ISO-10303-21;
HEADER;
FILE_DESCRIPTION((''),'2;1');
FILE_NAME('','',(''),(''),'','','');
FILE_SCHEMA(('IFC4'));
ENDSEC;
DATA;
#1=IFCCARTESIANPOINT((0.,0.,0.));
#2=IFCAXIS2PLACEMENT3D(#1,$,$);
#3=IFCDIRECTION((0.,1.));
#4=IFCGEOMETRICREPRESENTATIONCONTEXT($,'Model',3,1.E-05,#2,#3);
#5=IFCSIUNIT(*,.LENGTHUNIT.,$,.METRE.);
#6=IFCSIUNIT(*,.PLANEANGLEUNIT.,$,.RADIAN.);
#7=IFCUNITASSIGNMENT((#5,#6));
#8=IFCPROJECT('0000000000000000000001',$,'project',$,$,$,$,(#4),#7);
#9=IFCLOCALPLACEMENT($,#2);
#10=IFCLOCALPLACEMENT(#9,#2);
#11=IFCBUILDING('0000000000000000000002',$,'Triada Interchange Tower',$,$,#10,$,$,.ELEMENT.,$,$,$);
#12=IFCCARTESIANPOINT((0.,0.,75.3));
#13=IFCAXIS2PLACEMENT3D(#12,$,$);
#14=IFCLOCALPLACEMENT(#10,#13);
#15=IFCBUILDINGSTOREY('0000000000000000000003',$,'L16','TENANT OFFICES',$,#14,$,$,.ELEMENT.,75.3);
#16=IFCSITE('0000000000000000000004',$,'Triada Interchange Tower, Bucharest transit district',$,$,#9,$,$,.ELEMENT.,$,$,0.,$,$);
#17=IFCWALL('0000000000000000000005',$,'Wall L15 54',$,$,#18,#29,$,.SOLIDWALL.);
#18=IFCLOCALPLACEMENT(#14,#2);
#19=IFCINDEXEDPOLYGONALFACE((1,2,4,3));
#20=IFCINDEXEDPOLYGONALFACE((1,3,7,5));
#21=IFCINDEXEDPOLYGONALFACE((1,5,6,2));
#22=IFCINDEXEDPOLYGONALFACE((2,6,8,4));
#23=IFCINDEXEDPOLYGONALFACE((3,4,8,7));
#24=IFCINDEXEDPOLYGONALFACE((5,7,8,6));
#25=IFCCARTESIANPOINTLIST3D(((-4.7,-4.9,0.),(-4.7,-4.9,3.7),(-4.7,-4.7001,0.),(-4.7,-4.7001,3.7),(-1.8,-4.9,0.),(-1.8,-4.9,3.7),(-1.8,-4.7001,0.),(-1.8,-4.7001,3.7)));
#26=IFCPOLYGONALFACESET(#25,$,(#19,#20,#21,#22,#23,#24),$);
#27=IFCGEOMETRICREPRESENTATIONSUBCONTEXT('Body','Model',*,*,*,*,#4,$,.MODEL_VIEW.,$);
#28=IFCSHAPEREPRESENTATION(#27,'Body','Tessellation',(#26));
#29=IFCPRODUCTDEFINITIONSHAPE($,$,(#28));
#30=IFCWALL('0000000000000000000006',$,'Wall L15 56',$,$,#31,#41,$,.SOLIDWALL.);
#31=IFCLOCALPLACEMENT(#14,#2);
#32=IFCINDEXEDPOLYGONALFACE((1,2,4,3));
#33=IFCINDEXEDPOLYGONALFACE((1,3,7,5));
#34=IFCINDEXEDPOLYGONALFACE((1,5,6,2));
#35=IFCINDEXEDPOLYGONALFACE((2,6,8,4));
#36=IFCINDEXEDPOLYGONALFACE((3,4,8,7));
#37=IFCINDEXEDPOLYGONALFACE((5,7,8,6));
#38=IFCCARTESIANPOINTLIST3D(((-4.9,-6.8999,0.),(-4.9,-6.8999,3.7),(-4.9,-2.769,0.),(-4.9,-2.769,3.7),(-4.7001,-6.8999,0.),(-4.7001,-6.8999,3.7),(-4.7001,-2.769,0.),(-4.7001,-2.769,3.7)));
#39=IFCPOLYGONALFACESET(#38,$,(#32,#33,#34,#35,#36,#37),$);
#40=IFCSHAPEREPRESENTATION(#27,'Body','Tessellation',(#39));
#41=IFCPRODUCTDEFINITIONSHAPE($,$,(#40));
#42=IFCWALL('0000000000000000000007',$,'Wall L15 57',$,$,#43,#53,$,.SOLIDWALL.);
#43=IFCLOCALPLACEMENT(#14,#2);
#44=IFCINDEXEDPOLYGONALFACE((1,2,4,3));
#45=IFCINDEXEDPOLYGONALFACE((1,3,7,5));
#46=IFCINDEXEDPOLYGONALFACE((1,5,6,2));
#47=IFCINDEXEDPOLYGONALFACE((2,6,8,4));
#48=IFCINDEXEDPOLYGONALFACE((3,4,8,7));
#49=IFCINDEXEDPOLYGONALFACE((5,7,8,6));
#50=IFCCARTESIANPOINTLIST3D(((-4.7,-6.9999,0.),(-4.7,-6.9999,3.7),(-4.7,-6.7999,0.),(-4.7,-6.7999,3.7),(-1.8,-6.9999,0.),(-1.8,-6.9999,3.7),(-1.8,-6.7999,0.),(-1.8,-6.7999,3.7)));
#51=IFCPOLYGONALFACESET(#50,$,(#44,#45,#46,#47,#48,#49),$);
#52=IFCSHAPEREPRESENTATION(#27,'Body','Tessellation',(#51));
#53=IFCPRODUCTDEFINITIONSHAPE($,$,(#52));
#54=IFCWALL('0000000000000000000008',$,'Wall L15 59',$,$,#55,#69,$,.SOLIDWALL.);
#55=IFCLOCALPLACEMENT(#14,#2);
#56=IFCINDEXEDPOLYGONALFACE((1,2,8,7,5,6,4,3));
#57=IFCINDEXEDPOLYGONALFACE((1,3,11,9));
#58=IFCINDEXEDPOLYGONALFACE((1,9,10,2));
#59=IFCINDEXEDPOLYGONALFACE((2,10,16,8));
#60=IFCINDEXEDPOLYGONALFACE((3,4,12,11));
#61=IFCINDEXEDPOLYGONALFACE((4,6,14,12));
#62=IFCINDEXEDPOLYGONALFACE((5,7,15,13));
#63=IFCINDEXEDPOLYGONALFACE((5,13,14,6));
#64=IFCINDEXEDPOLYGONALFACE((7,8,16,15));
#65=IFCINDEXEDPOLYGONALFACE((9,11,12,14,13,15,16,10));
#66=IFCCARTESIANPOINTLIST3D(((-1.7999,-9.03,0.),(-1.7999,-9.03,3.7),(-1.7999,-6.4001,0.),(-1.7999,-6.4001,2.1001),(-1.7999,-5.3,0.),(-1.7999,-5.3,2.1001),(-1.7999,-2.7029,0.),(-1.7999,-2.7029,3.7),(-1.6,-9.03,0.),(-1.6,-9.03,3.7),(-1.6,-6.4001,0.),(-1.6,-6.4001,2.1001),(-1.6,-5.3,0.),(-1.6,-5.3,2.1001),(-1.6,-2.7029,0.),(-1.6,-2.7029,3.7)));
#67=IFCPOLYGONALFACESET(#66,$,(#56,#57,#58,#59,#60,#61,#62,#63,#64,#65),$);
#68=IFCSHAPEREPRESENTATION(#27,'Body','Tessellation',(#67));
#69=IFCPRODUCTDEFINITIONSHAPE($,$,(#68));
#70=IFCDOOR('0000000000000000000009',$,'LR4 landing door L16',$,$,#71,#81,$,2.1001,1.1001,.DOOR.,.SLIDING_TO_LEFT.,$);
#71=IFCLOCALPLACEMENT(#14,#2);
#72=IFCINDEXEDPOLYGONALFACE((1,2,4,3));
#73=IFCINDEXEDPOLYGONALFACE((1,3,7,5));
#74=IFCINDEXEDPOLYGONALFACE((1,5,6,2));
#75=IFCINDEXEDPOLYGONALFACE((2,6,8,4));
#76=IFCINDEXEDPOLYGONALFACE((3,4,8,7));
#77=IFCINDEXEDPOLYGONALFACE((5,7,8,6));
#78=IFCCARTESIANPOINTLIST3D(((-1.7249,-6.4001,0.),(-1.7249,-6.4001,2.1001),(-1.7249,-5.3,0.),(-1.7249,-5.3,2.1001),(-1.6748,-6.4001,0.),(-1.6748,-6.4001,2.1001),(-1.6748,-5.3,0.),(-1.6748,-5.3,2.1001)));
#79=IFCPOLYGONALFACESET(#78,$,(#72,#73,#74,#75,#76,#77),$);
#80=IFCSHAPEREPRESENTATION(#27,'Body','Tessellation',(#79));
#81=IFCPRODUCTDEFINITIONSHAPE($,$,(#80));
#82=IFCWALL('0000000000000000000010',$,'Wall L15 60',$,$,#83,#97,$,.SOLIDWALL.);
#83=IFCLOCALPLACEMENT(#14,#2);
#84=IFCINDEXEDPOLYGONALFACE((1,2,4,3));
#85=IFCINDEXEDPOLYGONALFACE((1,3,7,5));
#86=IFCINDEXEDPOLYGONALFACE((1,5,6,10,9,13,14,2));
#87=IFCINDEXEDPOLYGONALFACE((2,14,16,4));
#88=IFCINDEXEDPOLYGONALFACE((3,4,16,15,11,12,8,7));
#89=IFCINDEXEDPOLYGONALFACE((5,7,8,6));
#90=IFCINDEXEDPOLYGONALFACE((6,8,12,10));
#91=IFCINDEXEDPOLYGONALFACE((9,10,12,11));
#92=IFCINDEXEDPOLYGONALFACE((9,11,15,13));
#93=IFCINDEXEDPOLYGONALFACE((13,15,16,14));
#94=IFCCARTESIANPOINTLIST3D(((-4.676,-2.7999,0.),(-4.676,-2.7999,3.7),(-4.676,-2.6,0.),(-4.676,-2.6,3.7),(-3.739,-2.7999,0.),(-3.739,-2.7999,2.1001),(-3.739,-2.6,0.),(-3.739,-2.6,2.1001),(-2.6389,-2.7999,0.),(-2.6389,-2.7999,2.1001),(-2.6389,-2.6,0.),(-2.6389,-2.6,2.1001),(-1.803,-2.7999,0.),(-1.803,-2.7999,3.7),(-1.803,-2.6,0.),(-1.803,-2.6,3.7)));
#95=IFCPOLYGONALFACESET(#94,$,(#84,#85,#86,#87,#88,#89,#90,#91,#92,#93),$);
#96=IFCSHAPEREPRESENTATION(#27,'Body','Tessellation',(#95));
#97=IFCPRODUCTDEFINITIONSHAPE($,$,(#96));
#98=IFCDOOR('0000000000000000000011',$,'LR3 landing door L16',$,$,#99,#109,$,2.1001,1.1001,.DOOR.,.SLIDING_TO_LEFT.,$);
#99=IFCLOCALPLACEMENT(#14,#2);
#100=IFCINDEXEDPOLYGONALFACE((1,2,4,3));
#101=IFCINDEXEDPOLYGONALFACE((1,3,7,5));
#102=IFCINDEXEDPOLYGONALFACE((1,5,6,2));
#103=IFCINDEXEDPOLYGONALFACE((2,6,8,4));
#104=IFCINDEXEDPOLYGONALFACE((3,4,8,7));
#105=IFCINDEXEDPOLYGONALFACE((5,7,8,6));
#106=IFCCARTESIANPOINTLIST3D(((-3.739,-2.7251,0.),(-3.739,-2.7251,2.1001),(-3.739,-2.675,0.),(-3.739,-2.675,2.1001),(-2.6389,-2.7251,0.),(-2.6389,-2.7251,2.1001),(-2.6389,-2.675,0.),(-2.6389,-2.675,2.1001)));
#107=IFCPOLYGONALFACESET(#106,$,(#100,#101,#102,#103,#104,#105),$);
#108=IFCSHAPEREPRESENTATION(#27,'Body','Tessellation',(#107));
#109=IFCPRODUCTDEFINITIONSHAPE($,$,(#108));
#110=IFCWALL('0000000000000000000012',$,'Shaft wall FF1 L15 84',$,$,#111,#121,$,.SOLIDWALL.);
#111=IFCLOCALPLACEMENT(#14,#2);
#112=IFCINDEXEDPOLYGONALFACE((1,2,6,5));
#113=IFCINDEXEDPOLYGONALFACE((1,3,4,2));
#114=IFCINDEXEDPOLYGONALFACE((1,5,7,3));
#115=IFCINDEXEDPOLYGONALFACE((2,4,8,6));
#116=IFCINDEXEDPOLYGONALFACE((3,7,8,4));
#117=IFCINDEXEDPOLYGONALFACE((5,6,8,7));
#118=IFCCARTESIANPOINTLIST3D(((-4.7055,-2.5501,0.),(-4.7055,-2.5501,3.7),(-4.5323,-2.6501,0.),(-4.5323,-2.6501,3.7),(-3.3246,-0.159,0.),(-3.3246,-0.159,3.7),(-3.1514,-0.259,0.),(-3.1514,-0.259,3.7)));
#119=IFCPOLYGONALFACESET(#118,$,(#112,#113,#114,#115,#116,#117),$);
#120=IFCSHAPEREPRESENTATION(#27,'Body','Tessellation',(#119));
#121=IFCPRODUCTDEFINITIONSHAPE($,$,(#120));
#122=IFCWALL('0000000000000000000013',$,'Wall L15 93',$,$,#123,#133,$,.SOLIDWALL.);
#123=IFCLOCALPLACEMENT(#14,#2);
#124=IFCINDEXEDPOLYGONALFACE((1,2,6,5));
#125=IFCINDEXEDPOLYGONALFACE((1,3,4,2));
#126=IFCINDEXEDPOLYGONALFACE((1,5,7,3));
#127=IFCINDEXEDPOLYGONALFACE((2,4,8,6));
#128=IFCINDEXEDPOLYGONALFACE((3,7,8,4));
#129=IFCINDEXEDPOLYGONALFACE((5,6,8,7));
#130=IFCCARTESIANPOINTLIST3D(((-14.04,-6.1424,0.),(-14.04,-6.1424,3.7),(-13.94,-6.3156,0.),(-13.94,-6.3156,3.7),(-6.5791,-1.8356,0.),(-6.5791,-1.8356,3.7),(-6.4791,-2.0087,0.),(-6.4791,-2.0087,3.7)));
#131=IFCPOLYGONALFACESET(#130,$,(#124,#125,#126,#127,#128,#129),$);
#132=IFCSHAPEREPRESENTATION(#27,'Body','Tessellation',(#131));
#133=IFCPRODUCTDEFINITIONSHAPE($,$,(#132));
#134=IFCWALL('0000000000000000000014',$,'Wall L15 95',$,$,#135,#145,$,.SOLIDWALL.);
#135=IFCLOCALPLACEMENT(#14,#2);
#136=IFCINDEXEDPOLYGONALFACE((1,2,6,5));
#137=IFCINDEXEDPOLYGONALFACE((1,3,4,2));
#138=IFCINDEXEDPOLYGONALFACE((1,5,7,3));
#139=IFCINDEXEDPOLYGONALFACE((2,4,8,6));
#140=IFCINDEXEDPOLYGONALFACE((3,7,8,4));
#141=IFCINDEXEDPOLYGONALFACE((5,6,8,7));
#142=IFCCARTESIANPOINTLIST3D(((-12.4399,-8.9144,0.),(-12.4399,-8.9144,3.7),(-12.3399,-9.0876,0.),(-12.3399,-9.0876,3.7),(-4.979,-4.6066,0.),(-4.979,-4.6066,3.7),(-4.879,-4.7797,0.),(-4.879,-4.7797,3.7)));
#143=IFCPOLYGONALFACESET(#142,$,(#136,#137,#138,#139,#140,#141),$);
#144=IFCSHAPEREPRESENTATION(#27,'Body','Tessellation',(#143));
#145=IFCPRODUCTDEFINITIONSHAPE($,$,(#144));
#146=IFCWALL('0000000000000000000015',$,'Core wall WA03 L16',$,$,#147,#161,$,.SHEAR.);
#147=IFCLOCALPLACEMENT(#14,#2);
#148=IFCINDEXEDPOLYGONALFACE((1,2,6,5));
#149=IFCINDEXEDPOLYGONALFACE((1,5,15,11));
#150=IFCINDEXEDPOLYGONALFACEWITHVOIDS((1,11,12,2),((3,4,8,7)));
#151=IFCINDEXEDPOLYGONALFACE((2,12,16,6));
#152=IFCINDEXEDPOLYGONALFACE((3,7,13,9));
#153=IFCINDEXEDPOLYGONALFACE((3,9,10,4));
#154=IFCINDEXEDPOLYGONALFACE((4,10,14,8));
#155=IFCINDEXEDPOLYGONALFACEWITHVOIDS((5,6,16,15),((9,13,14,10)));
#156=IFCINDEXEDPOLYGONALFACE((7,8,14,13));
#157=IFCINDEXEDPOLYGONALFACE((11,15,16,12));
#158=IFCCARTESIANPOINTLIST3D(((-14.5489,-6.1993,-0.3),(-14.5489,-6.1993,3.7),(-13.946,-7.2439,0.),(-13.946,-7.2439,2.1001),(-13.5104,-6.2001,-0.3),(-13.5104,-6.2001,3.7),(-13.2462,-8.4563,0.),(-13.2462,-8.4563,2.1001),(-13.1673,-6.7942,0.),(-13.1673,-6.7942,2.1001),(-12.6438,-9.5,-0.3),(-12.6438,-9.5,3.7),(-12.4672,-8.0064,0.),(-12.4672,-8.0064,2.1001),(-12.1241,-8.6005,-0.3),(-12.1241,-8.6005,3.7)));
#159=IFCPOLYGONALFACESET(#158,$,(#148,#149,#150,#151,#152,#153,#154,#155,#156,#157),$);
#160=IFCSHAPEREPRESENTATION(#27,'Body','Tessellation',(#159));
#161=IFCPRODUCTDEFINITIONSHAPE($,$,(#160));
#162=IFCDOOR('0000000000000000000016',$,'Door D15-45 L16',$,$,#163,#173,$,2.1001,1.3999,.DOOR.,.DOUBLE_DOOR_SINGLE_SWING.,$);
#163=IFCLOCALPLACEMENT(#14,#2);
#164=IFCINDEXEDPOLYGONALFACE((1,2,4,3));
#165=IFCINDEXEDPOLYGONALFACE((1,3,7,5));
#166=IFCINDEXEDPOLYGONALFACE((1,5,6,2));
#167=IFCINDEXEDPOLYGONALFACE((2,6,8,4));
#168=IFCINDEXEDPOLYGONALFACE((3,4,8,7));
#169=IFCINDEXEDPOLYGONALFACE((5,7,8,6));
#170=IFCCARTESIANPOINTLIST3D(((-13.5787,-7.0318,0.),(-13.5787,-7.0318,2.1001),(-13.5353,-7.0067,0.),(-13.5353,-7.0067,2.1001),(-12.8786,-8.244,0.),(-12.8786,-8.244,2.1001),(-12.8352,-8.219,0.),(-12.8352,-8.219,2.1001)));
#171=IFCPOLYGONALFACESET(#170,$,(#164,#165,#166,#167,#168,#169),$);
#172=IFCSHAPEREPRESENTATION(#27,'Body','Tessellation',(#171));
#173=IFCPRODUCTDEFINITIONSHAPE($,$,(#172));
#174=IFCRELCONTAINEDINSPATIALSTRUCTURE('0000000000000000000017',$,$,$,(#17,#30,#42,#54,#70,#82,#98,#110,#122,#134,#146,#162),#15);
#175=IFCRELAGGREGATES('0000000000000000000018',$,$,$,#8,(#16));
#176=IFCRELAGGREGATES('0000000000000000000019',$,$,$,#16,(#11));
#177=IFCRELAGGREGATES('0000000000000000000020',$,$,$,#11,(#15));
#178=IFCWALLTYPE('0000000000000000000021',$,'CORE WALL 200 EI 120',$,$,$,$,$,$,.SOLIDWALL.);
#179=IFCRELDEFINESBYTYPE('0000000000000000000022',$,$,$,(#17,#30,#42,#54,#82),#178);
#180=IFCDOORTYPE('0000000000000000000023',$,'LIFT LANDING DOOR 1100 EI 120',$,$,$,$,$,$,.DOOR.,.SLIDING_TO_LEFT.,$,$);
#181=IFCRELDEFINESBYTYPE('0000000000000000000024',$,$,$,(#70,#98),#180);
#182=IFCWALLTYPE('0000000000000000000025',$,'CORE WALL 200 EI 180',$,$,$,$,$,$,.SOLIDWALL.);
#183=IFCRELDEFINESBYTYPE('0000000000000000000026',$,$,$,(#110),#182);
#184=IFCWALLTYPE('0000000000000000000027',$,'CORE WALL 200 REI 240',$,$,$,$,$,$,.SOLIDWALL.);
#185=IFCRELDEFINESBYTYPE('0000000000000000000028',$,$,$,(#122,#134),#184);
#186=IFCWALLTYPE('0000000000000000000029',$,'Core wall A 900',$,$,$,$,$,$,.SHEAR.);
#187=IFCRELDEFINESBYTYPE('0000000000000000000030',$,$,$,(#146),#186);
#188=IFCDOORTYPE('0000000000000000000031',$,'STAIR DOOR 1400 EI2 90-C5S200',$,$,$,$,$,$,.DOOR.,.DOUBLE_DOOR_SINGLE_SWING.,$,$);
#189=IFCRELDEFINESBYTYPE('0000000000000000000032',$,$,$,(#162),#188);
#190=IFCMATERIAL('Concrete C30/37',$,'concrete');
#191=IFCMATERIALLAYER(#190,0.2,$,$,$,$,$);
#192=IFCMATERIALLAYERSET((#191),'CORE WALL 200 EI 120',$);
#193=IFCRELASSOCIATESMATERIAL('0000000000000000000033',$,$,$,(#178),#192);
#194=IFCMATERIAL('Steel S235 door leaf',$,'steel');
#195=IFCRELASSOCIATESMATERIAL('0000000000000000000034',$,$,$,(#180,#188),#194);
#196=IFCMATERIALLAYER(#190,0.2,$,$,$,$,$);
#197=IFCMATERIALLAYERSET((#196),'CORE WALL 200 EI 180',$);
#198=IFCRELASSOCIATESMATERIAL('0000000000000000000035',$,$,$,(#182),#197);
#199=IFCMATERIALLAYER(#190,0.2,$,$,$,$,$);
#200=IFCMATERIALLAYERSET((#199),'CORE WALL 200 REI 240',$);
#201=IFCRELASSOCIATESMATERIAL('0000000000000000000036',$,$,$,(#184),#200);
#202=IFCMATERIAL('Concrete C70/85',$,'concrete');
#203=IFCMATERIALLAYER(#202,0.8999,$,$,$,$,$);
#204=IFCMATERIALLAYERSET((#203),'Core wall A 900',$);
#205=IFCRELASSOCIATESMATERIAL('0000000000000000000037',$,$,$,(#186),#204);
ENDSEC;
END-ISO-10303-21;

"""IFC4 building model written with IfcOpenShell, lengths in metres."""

from ifc_helpers import new_model, si_unit, direction, frame, frame_2d, origin, place, context, subcontext, project, spatial, polyline, rectangle, outline, extrude, material, layer, layer_set, type_object, element, fill, save


model = new_model("IFC4")

# Units and contexts
model_context = context("Model", 3, precision=1e-05, world=origin(), true_north=direction((0.0, 1.0)))
body_context = subcontext(model_context, "Body", "Model", "MODEL_VIEW")
ifc_project = project(units=[si_unit("LENGTHUNIT", "METRE"), si_unit("PLANEANGLEUNIT", "RADIAN")], contexts=[model_context])

# Site, building, storey
site_placement = place(None, origin())
site = spatial("IfcSite", under=ifc_project, at=site_placement, Name="Triada Interchange Tower, Bucharest transit district", CompositionType="ELEMENT", RefElevation=0.0)
building_placement = place(site_placement, origin())
building = spatial("IfcBuilding", under=site, at=building_placement, Name="Triada Interchange Tower", CompositionType="ELEMENT")
storey_placement = place(building_placement, frame((0.0, 0.0, 75.3)))
storey = spatial("IfcBuildingStorey", under=building, at=storey_placement, Name="L16", Description="TENANT OFFICES", CompositionType="ELEMENT", Elevation=75.3)

# Walls
ifc_material_1 = material(Name="Concrete C30/37", Category="concrete")
ifc_layer_1 = layer(ifc_material_1, 0.2)
ifc_layer_set_1 = layer_set([ifc_layer_1], Name="CORE WALL 200 EI 120")
wall_type_1 = type_object("IfcWallType", Name="CORE WALL 200 EI 120", PredefinedType="SOLIDWALL", material=ifc_layer_set_1)
wall_1_placement = place(storey_placement, frame((-4.7, -4.8, 0.0), z_axis=(0.0, 0.0, 1.0), x_axis=(1.0, 0.0, 0.0)))
element("IfcWall", 1, at=wall_1_placement, inside=storey, type_object=wall_type_1, Name="Wall L15 54", PredefinedType="SOLIDWALL", context=body_context, shape_type="SweptSolid", body=[
    extrude(rectangle(XDim=2.8999, YDim=0.2, at=frame_2d((1.45, 0.0))), origin(), (0.0, 0.0, 1.0), 3.7),
])
wall_2_placement = place(storey_placement, frame((-4.8, -6.8999, 0.0), z_axis=(0.0, 0.0, 1.0), x_axis=(0.0, 1.0, 0.0)))
element("IfcWall", 2, at=wall_2_placement, inside=storey, type_object=wall_type_1, Name="Wall L15 56", PredefinedType="SOLIDWALL", context=body_context, shape_type="SweptSolid", body=[
    extrude(rectangle(XDim=4.1309, YDim=0.2, at=frame_2d((2.0654, 0.0))), origin(), (0.0, 0.0, 1.0), 3.7),
])
wall_3_placement = place(storey_placement, frame((-4.7, -6.8999, 0.0), z_axis=(0.0, 0.0, 1.0), x_axis=(1.0, 0.0, 0.0)))
element("IfcWall", 3, at=wall_3_placement, inside=storey, type_object=wall_type_1, Name="Wall L15 57", PredefinedType="SOLIDWALL", context=body_context, shape_type="SweptSolid", body=[
    extrude(rectangle(XDim=2.8999, YDim=0.2, at=frame_2d((1.45, 0.0))), origin(), (0.0, 0.0, 1.0), 3.7),
])

# Walls, openings, doors
wall_4_placement = place(storey_placement, frame((-1.7, -9.03, 0.0), z_axis=(0.0, 0.0, 1.0), x_axis=(0.0, 1.0, 0.0)))
wall_4 = element("IfcWall", 4, at=wall_4_placement, inside=storey, type_object=wall_type_1, Name="Wall L15 59", PredefinedType="SOLIDWALL", context=body_context, shape_type="SweptSolid", body=[
    extrude(rectangle(XDim=6.3271, YDim=0.2, at=frame_2d((3.1636, 0.0))), origin(), (0.0, 0.0, 1.0), 3.7),
])
opening_1_placement = place(wall_4_placement, frame((2.6299, 0.0, 0.0)))
opening_1 = element("IfcOpeningElement", 5, at=opening_1_placement, cuts=wall_4, PredefinedType="OPENING", context=body_context, shape_type="SweptSolid", body=[
    extrude(rectangle(XDim=1.1001, YDim=2.1001, at=frame_2d((0.55, 1.05))), frame((0.0, 0.1099, 0.0), z_axis=(0.0, -1.0, 0.0), x_axis=(1.0, 0.0, 0.0)), (0.0, 0.0, 1.0), 0.22),
])
ifc_material_2 = material(Name="Steel S235 door leaf", Category="steel")
door_type_1 = type_object("IfcDoorType", Name="LIFT LANDING DOOR 1100 EI 120", OperationType="SLIDING_TO_LEFT", PredefinedType="DOOR", material=ifc_material_2)
door_1_placement = place(opening_1_placement, origin())
door_1 = element("IfcDoor", 6, at=door_1_placement, inside=storey, type_object=door_type_1, Name="LR4 landing door L16", OperationType="SLIDING_TO_LEFT", OverallHeight=2.1001, OverallWidth=1.1001, PredefinedType="DOOR", context=body_context, shape_type="SweptSolid", body=[
    extrude(rectangle(XDim=1.1001, YDim=2.1001, at=frame_2d((0.55, 1.05))), frame((0.0, 0.0249, 0.0), z_axis=(0.0, -1.0, 0.0), x_axis=(1.0, 0.0, 0.0)), (0.0, 0.0, 1.0), 0.05),
])
fill(opening_1, door_1)
wall_5_placement = place(storey_placement, frame((-4.676, -2.7, 0.0), z_axis=(0.0, 0.0, 1.0), x_axis=(1.0, 0.0, 0.0)))
wall_5 = element("IfcWall", 7, at=wall_5_placement, inside=storey, type_object=wall_type_1, Name="Wall L15 60", PredefinedType="SOLIDWALL", context=body_context, shape_type="SweptSolid", body=[
    extrude(rectangle(XDim=2.873, YDim=0.2, at=frame_2d((1.4365, 0.0))), origin(), (0.0, 0.0, 1.0), 3.7),
])
opening_2_placement = place(wall_5_placement, frame((0.937, 0.0, 0.0)))
opening_2 = element("IfcOpeningElement", 8, at=opening_2_placement, cuts=wall_5, PredefinedType="OPENING", context=body_context, shape_type="SweptSolid", body=[
    extrude(rectangle(XDim=1.1001, YDim=2.1001, at=frame_2d((0.55, 1.05))), frame((0.0, 0.1099, 0.0), z_axis=(0.0, -1.0, 0.0), x_axis=(1.0, 0.0, 0.0)), (0.0, 0.0, 1.0), 0.22),
])
door_2_placement = place(opening_2_placement, origin())
door_2 = element("IfcDoor", 9, at=door_2_placement, inside=storey, type_object=door_type_1, Name="LR3 landing door L16", OperationType="SLIDING_TO_LEFT", OverallHeight=2.1001, OverallWidth=1.1001, PredefinedType="DOOR", context=body_context, shape_type="SweptSolid", body=[
    extrude(rectangle(XDim=1.1001, YDim=2.1001, at=frame_2d((0.55, 1.05))), frame((0.0, 0.0249, 0.0), z_axis=(0.0, -1.0, 0.0), x_axis=(1.0, 0.0, 0.0)), (0.0, 0.0, 1.0), 0.05),
])
fill(opening_2, door_2)

# Walls
ifc_layer_2 = layer(ifc_material_1, 0.2)
ifc_layer_set_2 = layer_set([ifc_layer_2], Name="CORE WALL 200 EI 180")
wall_type_2 = type_object("IfcWallType", Name="CORE WALL 200 EI 180", PredefinedType="SOLIDWALL", material=ifc_layer_set_2)
wall_6_placement = place(storey_placement, frame((-4.6189, -2.6001, 0.0), z_axis=(0.0, 0.0, 1.0), x_axis=(0.500095, 0.865971, 0.0)))
element("IfcWall", 10, at=wall_6_placement, inside=storey, type_object=wall_type_2, Name="Shaft wall FF1 L15 84", PredefinedType="SOLIDWALL", context=body_context, shape_type="SweptSolid", body=[
    extrude(rectangle(XDim=2.7612, YDim=0.2, at=frame_2d((1.3806, 0.0))), origin(), (0.0, 0.0, 1.0), 3.7),
])
ifc_layer_3 = layer(ifc_material_1, 0.2)
ifc_layer_set_3 = layer_set([ifc_layer_3], Name="CORE WALL 200 REI 240")
wall_type_3 = type_object("IfcWallType", Name="CORE WALL 200 REI 240", PredefinedType="SOLIDWALL", material=ifc_layer_set_3)
wall_7_placement = place(storey_placement, frame((-13.99, -6.229, 0.0), z_axis=(0.0, 0.0, 1.0), x_axis=(0.86606, 0.49994, 0.0)))
element("IfcWall", 11, at=wall_7_placement, inside=storey, type_object=wall_type_3, Name="Wall L15 93", PredefinedType="SOLIDWALL", context=body_context, shape_type="SweptSolid", body=[
    extrude(rectangle(XDim=8.6147, YDim=0.2, at=frame_2d((4.3074, 0.0))), origin(), (0.0, 0.0, 1.0), 3.7),
])
wall_8_placement = place(storey_placement, frame((-12.3899, -9.001, 0.0), z_axis=(0.0, 0.0, 1.0), x_axis=(0.866011, 0.500025, 0.0)))
element("IfcWall", 12, at=wall_8_placement, inside=storey, type_object=wall_type_3, Name="Wall L15 95", PredefinedType="SOLIDWALL", context=body_context, shape_type="SweptSolid", body=[
    extrude(rectangle(XDim=8.6152, YDim=0.2, at=frame_2d((4.3076, 0.0))), origin(), (0.0, 0.0, 1.0), 3.7),
])

# Wall, opening, door
ifc_material_3 = material(Name="Concrete C70/85", Category="concrete")
ifc_layer_4 = layer(ifc_material_3, 0.8999)
ifc_layer_set_4 = layer_set([ifc_layer_4], Name="Core wall A 900")
wall_type_4 = type_object("IfcWallType", Name="Core wall A 900", PredefinedType="SHEAR", material=ifc_layer_set_4)
wall_9_placement = place(storey_placement, frame((-14.03, -6.2, -0.3), z_axis=(0.0, 0.0, 1.0), x_axis=(0.500112, -0.865961, 0.0)))
wall_9 = element("IfcWall", 13, at=wall_9_placement, inside=storey, type_object=wall_type_4, Name="Core wall WA03 L16", PredefinedType="SHEAR", context=body_context, shape_type="SweptSolid", body=[
    extrude(outline(polyline([(-0.26, -0.449), (1.6455, -0.4495), (3.551, -0.45), (3.032, 0.45), (1.646, 0.45), (0.26, 0.45), (-0.26, -0.449)])), origin(), (0.0, 0.0, 1.0), 4.0),
])
opening_3_placement = place(wall_9_placement, frame((0.946, 0.0, 0.3)))
opening_3 = element("IfcOpeningElement", 14, at=opening_3_placement, cuts=wall_9, PredefinedType="OPENING", context=body_context, shape_type="SweptSolid", body=[
    extrude(rectangle(XDim=1.3999, YDim=2.1001, at=frame_2d((0.7, 1.05))), frame((0.0, 0.46, 0.0), z_axis=(0.0, -1.0, 0.0), x_axis=(1.0, 0.0, 0.0)), (0.0, 0.0, 1.0), 0.9199),
])
door_type_2 = type_object("IfcDoorType", Name="STAIR DOOR 1400 EI2 90-C5S200", OperationType="DOUBLE_DOOR_SINGLE_SWING", PredefinedType="DOOR", material=ifc_material_2)
door_3_placement = place(opening_3_placement, origin())
door_3 = element("IfcDoor", 15, at=door_3_placement, inside=storey, type_object=door_type_2, Name="Door D15-45 L16", OperationType="DOUBLE_DOOR_SINGLE_SWING", OverallHeight=2.1001, OverallWidth=1.3999, PredefinedType="DOOR", context=body_context, shape_type="SweptSolid", body=[
    extrude(rectangle(XDim=1.3999, YDim=2.1001, at=frame_2d((0.7, 1.05))), frame((0.0, 0.0249, 0.0), z_axis=(0.0, -1.0, 0.0), x_axis=(1.0, 0.0, 0.0)), (0.0, 0.0, 1.0), 0.05),
])
fill(opening_3, door_3)

save(model, "model.ifc")
